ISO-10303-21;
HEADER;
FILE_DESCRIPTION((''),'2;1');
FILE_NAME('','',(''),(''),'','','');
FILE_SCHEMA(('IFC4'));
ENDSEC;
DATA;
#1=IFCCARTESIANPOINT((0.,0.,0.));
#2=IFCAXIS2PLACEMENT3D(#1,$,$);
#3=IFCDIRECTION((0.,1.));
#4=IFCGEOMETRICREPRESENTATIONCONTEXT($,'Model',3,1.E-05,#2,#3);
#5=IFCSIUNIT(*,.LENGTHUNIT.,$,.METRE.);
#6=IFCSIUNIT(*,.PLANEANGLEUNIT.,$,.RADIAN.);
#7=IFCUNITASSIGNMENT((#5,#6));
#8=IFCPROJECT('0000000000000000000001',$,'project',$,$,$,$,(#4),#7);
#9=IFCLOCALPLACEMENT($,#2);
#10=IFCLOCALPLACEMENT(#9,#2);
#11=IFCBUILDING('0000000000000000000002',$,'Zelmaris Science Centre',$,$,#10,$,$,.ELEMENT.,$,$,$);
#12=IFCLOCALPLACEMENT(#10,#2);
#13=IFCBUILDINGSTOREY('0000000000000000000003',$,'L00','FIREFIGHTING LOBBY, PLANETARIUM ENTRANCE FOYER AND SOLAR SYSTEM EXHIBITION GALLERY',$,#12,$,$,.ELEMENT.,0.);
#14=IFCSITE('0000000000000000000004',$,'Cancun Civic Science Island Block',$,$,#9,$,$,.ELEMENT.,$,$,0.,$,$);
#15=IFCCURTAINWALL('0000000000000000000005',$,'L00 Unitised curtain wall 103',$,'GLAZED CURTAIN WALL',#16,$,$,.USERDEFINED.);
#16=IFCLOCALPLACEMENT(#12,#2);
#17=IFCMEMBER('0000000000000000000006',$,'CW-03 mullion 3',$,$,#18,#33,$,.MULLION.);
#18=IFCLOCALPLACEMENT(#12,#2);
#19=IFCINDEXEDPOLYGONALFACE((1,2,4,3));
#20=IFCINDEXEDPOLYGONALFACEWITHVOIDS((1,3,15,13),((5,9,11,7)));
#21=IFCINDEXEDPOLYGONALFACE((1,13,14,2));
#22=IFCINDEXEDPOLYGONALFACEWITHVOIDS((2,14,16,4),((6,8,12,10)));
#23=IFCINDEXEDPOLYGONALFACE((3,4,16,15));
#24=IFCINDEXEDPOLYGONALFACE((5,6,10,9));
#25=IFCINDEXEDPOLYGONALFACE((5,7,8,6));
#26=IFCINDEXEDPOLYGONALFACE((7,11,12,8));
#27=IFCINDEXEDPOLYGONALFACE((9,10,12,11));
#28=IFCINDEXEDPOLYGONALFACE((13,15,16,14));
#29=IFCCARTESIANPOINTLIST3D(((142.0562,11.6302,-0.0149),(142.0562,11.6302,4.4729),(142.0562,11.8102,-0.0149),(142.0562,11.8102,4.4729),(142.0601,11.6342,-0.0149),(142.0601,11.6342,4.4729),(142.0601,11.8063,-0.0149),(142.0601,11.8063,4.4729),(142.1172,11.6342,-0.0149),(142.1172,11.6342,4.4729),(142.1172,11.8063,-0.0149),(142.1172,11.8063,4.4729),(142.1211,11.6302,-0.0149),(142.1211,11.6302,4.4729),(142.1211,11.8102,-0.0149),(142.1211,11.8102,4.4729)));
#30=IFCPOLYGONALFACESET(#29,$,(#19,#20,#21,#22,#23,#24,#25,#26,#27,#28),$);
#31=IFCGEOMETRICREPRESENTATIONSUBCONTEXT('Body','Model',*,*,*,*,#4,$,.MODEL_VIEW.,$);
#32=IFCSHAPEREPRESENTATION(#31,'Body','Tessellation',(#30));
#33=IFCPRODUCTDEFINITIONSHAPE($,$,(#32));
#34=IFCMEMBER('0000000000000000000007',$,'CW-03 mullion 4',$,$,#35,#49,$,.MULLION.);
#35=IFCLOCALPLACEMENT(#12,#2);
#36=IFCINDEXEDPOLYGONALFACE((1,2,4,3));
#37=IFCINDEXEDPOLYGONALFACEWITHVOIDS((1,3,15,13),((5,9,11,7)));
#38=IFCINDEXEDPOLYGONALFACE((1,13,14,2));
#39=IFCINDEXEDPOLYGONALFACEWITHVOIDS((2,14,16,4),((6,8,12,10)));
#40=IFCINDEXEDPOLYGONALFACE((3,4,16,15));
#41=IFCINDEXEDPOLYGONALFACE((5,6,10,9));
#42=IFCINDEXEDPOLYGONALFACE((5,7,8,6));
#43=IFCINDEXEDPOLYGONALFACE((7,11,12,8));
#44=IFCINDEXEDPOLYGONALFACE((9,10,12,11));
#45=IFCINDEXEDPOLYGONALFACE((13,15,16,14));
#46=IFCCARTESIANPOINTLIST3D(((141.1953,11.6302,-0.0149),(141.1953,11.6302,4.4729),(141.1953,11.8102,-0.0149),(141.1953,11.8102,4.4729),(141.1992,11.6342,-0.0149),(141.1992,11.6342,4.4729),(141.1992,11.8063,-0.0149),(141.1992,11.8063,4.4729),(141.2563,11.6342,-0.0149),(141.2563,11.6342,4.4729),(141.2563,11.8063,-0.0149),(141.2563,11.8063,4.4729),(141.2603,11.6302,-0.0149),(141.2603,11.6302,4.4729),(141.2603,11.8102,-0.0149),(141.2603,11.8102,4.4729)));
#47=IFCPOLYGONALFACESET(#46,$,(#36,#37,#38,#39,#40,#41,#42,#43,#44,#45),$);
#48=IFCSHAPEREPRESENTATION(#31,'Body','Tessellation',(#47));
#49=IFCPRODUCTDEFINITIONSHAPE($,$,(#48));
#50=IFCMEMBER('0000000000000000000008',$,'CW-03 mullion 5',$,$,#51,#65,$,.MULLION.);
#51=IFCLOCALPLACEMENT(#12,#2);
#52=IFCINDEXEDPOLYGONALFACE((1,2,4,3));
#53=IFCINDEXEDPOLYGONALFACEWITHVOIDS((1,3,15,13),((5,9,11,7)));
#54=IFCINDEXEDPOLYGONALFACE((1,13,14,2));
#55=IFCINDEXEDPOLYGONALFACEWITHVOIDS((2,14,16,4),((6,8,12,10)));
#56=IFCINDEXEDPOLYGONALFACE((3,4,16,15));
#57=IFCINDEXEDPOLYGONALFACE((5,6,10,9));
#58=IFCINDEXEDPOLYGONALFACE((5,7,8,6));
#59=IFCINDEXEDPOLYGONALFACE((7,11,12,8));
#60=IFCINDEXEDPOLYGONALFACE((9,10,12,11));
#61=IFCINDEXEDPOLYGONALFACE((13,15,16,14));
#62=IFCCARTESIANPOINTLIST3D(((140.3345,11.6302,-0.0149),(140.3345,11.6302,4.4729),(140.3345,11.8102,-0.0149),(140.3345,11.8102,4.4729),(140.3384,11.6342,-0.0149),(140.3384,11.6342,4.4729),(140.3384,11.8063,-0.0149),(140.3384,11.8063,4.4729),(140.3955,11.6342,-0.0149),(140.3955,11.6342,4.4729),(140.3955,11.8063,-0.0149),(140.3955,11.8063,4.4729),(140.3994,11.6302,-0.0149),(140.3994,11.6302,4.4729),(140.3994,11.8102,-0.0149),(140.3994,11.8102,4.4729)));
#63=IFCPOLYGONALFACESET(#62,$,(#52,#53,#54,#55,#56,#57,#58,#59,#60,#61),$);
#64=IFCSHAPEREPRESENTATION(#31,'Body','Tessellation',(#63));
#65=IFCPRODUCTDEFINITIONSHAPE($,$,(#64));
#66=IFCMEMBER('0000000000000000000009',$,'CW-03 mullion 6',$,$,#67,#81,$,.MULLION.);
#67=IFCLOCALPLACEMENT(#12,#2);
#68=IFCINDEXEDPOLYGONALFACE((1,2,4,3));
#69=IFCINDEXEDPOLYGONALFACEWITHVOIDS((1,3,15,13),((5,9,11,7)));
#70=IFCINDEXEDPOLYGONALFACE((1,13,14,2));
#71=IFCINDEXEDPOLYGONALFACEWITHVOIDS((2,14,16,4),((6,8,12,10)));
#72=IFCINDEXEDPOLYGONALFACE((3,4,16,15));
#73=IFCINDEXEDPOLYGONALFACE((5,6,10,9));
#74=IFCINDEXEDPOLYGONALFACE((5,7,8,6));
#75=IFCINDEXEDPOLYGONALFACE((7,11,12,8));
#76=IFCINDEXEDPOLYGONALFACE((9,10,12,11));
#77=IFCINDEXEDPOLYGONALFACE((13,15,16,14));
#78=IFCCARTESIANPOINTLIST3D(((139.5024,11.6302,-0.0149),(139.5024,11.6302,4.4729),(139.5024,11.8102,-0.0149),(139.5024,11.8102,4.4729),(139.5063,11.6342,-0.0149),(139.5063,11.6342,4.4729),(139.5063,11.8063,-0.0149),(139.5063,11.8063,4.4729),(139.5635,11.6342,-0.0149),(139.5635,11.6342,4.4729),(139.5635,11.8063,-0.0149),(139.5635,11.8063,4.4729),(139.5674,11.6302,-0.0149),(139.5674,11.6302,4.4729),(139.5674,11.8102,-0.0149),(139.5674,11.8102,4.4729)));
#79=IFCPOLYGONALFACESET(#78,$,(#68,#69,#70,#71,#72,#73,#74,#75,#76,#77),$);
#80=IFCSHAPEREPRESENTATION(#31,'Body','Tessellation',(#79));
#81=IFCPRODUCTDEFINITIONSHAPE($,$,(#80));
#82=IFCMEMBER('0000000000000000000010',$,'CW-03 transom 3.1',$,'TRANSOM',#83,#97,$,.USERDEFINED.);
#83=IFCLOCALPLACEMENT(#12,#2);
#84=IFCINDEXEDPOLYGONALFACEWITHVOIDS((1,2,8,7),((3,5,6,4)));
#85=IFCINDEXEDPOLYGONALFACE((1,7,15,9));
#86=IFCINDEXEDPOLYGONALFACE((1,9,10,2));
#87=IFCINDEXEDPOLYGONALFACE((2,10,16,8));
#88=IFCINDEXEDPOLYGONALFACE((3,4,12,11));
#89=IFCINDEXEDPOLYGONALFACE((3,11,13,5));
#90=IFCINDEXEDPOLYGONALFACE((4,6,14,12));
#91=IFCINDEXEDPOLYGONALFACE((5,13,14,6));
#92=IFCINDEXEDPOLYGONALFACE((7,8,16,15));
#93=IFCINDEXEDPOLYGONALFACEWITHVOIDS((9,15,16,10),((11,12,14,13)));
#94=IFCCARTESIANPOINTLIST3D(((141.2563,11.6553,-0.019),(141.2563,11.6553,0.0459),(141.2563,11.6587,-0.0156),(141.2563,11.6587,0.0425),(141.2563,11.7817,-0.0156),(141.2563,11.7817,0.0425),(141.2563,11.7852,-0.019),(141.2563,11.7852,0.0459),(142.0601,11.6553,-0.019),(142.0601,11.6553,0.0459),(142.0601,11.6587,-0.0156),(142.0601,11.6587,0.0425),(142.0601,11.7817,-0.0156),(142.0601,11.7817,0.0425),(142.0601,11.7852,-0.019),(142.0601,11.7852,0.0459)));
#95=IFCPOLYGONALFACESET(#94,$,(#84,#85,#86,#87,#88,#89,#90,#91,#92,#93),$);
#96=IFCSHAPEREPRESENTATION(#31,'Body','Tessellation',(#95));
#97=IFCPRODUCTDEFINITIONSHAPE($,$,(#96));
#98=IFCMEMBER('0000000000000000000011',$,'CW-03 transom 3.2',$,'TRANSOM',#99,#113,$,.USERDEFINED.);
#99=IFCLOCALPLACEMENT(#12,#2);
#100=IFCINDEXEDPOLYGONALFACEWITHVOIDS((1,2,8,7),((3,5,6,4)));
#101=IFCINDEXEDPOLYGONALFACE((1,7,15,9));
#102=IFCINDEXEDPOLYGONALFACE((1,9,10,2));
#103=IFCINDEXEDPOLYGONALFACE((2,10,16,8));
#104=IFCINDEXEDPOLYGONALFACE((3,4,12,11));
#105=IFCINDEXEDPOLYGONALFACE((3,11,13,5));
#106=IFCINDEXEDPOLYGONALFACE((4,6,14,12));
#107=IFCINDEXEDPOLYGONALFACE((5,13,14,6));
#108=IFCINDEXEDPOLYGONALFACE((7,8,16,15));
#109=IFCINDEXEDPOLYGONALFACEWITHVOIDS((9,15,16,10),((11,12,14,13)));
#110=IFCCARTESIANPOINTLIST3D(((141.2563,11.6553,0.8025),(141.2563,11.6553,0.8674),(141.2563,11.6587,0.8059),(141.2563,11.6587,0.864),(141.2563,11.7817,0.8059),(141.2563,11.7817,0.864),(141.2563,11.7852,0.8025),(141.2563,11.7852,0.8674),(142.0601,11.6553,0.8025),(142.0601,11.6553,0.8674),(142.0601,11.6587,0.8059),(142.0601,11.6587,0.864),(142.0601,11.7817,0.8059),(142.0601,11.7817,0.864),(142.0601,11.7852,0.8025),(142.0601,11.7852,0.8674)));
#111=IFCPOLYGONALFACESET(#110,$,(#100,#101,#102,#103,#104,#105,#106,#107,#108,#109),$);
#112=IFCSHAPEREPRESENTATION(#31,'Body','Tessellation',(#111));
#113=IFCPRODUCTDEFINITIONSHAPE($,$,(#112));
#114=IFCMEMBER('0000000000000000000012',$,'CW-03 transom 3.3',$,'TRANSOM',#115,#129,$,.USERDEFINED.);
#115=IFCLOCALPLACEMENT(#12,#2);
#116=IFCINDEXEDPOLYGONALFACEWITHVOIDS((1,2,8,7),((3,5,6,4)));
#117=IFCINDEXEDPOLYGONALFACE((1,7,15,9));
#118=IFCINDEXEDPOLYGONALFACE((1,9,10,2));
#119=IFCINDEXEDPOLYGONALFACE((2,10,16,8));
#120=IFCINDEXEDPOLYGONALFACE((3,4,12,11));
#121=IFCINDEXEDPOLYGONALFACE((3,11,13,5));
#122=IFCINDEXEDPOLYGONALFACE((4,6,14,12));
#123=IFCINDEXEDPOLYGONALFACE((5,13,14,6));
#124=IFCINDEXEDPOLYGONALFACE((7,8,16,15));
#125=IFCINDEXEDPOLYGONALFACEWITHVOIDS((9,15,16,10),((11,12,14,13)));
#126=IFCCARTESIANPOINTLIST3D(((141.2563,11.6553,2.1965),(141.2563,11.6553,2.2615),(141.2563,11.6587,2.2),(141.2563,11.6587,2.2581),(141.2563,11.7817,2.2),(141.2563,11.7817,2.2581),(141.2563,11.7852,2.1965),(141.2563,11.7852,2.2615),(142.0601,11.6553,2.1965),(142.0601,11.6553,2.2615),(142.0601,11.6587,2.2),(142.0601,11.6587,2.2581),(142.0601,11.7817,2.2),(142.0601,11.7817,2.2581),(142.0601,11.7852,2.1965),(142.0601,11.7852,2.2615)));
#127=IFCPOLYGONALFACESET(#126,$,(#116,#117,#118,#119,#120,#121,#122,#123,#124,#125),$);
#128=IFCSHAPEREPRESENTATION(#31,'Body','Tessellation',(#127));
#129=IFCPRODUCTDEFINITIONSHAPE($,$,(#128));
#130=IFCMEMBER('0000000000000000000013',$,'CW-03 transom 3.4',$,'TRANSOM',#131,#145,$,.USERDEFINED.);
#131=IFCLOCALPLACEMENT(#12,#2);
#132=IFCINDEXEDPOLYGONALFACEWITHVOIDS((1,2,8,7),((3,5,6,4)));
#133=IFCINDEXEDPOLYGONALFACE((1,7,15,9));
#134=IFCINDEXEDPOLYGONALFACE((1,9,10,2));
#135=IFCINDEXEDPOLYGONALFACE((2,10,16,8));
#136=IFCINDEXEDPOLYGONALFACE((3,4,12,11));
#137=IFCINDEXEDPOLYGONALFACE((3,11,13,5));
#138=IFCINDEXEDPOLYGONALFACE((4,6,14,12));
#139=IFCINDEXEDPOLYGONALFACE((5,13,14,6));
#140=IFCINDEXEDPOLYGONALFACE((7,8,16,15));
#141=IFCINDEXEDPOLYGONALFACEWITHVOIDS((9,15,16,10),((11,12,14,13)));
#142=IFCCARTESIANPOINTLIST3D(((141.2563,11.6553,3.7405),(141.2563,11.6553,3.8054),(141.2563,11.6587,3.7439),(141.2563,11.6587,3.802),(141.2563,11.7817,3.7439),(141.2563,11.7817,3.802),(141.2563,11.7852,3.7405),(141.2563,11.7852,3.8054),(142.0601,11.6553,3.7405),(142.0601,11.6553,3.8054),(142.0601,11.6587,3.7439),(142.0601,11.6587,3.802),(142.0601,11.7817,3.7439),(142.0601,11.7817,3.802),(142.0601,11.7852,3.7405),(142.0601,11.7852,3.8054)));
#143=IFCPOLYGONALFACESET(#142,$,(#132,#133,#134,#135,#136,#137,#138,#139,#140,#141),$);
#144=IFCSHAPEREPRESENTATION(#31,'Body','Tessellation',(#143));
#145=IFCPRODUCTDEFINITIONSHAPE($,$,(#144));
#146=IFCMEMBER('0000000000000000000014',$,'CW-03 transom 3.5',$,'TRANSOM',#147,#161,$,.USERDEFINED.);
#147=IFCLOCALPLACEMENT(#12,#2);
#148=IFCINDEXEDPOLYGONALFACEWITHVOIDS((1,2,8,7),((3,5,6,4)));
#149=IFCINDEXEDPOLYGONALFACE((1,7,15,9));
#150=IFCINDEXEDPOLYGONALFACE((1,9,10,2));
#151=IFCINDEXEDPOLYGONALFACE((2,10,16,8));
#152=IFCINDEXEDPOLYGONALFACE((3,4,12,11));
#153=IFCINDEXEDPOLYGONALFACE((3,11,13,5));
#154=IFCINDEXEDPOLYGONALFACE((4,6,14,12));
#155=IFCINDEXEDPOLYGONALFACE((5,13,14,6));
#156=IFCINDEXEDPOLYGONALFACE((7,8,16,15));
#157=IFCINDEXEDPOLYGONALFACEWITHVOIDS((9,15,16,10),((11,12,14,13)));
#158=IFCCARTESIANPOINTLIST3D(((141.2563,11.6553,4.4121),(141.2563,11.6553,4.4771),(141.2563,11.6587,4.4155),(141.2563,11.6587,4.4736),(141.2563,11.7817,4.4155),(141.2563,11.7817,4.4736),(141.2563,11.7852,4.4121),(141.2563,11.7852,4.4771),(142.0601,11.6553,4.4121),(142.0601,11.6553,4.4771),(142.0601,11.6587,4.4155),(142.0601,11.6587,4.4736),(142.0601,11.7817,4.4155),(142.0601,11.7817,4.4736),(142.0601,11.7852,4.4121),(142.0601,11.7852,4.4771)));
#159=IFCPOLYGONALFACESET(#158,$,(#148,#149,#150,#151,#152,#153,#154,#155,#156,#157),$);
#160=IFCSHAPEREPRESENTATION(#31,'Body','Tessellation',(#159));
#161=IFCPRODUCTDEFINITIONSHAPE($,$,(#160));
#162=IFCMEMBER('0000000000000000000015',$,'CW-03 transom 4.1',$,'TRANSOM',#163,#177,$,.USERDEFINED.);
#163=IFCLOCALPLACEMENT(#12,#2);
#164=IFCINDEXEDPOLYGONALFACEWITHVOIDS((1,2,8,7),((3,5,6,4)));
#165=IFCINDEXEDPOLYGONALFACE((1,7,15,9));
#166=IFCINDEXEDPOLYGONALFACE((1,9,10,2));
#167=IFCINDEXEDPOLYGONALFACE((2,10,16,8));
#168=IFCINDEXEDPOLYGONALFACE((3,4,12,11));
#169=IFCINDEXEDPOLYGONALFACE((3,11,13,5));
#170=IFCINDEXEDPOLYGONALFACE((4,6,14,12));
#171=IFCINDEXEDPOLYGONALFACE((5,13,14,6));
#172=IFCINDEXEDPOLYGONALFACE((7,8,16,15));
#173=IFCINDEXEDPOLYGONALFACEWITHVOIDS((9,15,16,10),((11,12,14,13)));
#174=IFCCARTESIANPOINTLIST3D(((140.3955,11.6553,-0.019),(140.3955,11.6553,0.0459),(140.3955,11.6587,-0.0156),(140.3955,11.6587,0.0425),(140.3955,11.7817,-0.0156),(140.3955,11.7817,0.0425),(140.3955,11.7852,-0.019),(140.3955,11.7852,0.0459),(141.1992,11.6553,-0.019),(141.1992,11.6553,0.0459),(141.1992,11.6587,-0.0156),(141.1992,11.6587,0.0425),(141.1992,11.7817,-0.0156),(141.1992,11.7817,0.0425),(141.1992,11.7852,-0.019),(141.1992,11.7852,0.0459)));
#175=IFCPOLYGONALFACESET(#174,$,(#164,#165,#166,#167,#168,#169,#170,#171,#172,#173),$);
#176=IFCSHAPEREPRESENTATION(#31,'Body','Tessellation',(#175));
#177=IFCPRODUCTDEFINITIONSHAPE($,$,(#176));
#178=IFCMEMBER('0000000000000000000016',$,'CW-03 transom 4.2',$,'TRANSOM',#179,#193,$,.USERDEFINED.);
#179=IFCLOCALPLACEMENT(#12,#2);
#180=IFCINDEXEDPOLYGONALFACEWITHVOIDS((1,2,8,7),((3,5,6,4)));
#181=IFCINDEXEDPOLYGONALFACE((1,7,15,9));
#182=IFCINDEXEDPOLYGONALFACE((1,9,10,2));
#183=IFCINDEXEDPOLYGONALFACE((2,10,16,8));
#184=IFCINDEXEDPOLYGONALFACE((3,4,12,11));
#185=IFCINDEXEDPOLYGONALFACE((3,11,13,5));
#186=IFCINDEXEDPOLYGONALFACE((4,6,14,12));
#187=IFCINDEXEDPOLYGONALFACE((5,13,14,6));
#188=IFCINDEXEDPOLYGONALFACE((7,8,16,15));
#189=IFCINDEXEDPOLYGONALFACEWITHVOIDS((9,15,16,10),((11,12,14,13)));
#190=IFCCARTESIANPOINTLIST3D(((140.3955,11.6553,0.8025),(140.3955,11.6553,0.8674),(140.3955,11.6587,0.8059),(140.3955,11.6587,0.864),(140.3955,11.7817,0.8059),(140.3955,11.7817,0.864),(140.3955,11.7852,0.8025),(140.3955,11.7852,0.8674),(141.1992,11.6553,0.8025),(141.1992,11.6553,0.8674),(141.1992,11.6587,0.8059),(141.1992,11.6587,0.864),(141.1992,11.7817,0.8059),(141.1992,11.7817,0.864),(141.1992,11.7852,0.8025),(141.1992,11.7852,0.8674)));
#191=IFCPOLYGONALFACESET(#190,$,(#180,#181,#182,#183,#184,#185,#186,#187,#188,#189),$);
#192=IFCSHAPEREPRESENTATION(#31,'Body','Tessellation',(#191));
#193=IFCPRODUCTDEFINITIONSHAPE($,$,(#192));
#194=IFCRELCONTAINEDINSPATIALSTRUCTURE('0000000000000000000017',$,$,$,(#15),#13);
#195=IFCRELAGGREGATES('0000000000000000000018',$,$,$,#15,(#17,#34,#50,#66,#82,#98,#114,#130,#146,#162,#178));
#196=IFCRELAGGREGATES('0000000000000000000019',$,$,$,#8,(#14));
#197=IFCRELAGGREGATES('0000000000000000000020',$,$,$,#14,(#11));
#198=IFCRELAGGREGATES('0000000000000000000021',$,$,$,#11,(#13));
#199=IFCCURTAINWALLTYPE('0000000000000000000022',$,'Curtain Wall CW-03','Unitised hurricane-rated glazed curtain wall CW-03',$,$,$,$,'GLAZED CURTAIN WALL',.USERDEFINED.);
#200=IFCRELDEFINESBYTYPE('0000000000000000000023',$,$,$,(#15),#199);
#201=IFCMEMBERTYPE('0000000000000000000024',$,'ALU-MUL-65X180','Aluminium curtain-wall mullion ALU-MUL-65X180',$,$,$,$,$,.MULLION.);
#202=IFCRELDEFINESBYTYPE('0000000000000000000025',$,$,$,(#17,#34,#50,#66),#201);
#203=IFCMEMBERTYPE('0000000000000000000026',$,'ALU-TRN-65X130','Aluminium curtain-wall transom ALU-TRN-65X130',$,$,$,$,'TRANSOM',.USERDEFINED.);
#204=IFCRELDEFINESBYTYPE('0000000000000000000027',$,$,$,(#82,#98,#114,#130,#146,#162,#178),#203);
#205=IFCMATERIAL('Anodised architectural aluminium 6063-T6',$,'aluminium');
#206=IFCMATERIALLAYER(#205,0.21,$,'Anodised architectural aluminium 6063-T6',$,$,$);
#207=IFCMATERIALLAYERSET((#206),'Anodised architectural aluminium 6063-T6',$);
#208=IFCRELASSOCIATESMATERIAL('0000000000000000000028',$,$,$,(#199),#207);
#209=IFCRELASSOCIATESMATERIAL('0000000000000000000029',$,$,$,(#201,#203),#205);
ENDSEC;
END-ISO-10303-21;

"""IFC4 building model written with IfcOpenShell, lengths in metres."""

from ifc_helpers import new_model, si_unit, direction, frame, origin, origin_2d, place, context, subcontext, project, spatial, hollow_rectangle, extrude, material, layer, layer_set, material_profile, profile_set, type_object, element, aggregate, save


model = new_model("IFC4")

# Units and contexts
model_context = context("Model", 3, precision=1e-05, world=origin(), true_north=direction((0.0, 1.0)))
body_context = subcontext(model_context, "Body", "Model", "MODEL_VIEW")
ifc_project = project(units=[si_unit("LENGTHUNIT", "METRE"), si_unit("PLANEANGLEUNIT", "RADIAN")], contexts=[model_context])

# Site, building, storey
site_placement = place(None, origin())
site = spatial("IfcSite", under=ifc_project, at=site_placement, Name="Cancun Civic Science Island Block", CompositionType="ELEMENT", RefElevation=0.0)
building_placement = place(site_placement, origin())
building = spatial("IfcBuilding", under=site, at=building_placement, Name="Zelmaris Science Centre", CompositionType="ELEMENT")
storey_placement = place(building_placement, origin())
storey = spatial("IfcBuildingStorey", under=building, at=storey_placement, Name="L00", Description="FIREFIGHTING LOBBY, PLANETARIUM ENTRANCE FOYER AND SOLAR SYSTEM EXHIBITION GALLERY", CompositionType="ELEMENT", Elevation=0.0)

# Curtain wall, members
ifc_material_1 = material(Name="Anodised architectural aluminium 6063-T6", Category="aluminium")
ifc_layer_1 = layer(ifc_material_1, 0.21, Name="Anodised architectural aluminium 6063-T6")
ifc_layer_set_1 = layer_set([ifc_layer_1], Name="Anodised architectural aluminium 6063-T6")
curtain_wall_type = type_object("IfcCurtainWallType", Name="Curtain Wall CW-03", Description="Unitised hurricane-rated glazed curtain wall CW-03", ElementType="GLAZED CURTAIN WALL", PredefinedType="USERDEFINED", material=ifc_layer_set_1)
curtain_wall_placement = place(storey_placement, origin())
curtain_wall = element("IfcCurtainWall", 1, at=curtain_wall_placement, inside=storey, type_object=curtain_wall_type, Name="L00 Unitised curtain wall 103", ObjectType="GLAZED CURTAIN WALL", PredefinedType="USERDEFINED")
ifc_material_profile_1 = material_profile(ifc_material_1, hollow_rectangle(XDim=0.0649, YDim=0.1799, WallThickness=0.0039, at=origin_2d()), Name="ALU-MUL-65X180")
ifc_profile_set_1 = profile_set([ifc_material_profile_1], Name="Anodised architectural aluminium 6063-T6")
member_type_1 = type_object("IfcMemberType", Name="ALU-MUL-65X180", Description="Aluminium curtain-wall mullion ALU-MUL-65X180", PredefinedType="MULLION", material=ifc_profile_set_1)
member_1_placement = place(storey_placement, frame((142.0886, 11.7202, -0.0149), z_axis=(0.0, 0.0, 1.0), x_axis=(-1.0, 0.0, 0.0)))
member_1 = element("IfcMember", 2, at=member_1_placement, type_object=member_type_1, Name="CW-03 mullion 3", PredefinedType="MULLION", context=body_context, shape_type="SweptSolid", body=[
    extrude(hollow_rectangle(XDim=0.0649, YDim=0.1799, WallThickness=0.0039, at=origin_2d()), origin(), (0.0, 0.0, 1.0), 4.4878),
])
member_2_placement = place(storey_placement, frame((141.2278, 11.7202, -0.0149), z_axis=(0.0, 0.0, 1.0), x_axis=(-1.0, 0.0, 0.0)))
member_2 = element("IfcMember", 3, at=member_2_placement, type_object=member_type_1, Name="CW-03 mullion 4", PredefinedType="MULLION", context=body_context, shape_type="SweptSolid", body=[
    extrude(hollow_rectangle(XDim=0.0649, YDim=0.1799, WallThickness=0.0039, at=origin_2d()), origin(), (0.0, 0.0, 1.0), 4.4878),
])
member_3_placement = place(storey_placement, frame((140.3669, 11.7202, -0.0149), z_axis=(0.0, 0.0, 1.0), x_axis=(-1.0, 0.0, 0.0)))
member_3 = element("IfcMember", 4, at=member_3_placement, type_object=member_type_1, Name="CW-03 mullion 5", PredefinedType="MULLION", context=body_context, shape_type="SweptSolid", body=[
    extrude(hollow_rectangle(XDim=0.0649, YDim=0.1799, WallThickness=0.0039, at=origin_2d()), origin(), (0.0, 0.0, 1.0), 4.4878),
])
member_4_placement = place(storey_placement, frame((139.5349, 11.7202, -0.0149), z_axis=(0.0, 0.0, 1.0), x_axis=(-1.0, 0.0, 0.0)))
member_4 = element("IfcMember", 5, at=member_4_placement, type_object=member_type_1, Name="CW-03 mullion 6", PredefinedType="MULLION", context=body_context, shape_type="SweptSolid", body=[
    extrude(hollow_rectangle(XDim=0.0649, YDim=0.1799, WallThickness=0.0039, at=origin_2d()), origin(), (0.0, 0.0, 1.0), 4.4878),
])
ifc_material_profile_2 = material_profile(ifc_material_1, hollow_rectangle(XDim=0.0649, YDim=0.1299, WallThickness=0.0034, at=origin_2d()), Name="ALU-TRN-65X130")
ifc_profile_set_2 = profile_set([ifc_material_profile_2], Name="Anodised architectural aluminium 6063-T6")
member_type_2 = type_object("IfcMemberType", Name="ALU-TRN-65X130", Description="Aluminium curtain-wall transom ALU-TRN-65X130", ElementType="TRANSOM", PredefinedType="USERDEFINED", material=ifc_profile_set_2)
member_5_placement = place(storey_placement, frame((142.0601, 11.7202, 0.0134), z_axis=(-1.0, 0.0, 0.0), x_axis=(0.0, 0.0, 1.0)))
member_5 = element("IfcMember", 6, at=member_5_placement, type_object=member_type_2, Name="CW-03 transom 3.1", ObjectType="TRANSOM", PredefinedType="USERDEFINED", context=body_context, shape_type="SweptSolid", body=[
    extrude(hollow_rectangle(XDim=0.0649, YDim=0.1299, WallThickness=0.0034, at=origin_2d()), origin(), (0.0, 0.0, 1.0), 0.8037),
])
member_6_placement = place(storey_placement, frame((142.0601, 11.7202, 0.835), z_axis=(-1.0, 0.0, 0.0), x_axis=(0.0, 0.0, 1.0)))
member_6 = element("IfcMember", 7, at=member_6_placement, type_object=member_type_2, Name="CW-03 transom 3.2", ObjectType="TRANSOM", PredefinedType="USERDEFINED", context=body_context, shape_type="SweptSolid", body=[
    extrude(hollow_rectangle(XDim=0.0649, YDim=0.1299, WallThickness=0.0034, at=origin_2d()), origin(), (0.0, 0.0, 1.0), 0.8037),
])
member_7_placement = place(storey_placement, frame((142.0601, 11.7202, 2.229), z_axis=(-1.0, 0.0, 0.0), x_axis=(0.0, 0.0, 1.0)))
member_7 = element("IfcMember", 8, at=member_7_placement, type_object=member_type_2, Name="CW-03 transom 3.3", ObjectType="TRANSOM", PredefinedType="USERDEFINED", context=body_context, shape_type="SweptSolid", body=[
    extrude(hollow_rectangle(XDim=0.0649, YDim=0.1299, WallThickness=0.0034, at=origin_2d()), origin(), (0.0, 0.0, 1.0), 0.8037),
])
member_8_placement = place(storey_placement, frame((142.0601, 11.7202, 3.7729), z_axis=(-1.0, 0.0, 0.0), x_axis=(0.0, 0.0, 1.0)))
member_8 = element("IfcMember", 9, at=member_8_placement, type_object=member_type_2, Name="CW-03 transom 3.4", ObjectType="TRANSOM", PredefinedType="USERDEFINED", context=body_context, shape_type="SweptSolid", body=[
    extrude(hollow_rectangle(XDim=0.0649, YDim=0.1299, WallThickness=0.0034, at=origin_2d()), origin(), (0.0, 0.0, 1.0), 0.8037),
])
member_9_placement = place(storey_placement, frame((142.0601, 11.7202, 4.4446), z_axis=(-1.0, 0.0, 0.0), x_axis=(0.0, 0.0, 1.0)))
member_9 = element("IfcMember", 10, at=member_9_placement, type_object=member_type_2, Name="CW-03 transom 3.5", ObjectType="TRANSOM", PredefinedType="USERDEFINED", context=body_context, shape_type="SweptSolid", body=[
    extrude(hollow_rectangle(XDim=0.0649, YDim=0.1299, WallThickness=0.0034, at=origin_2d()), origin(), (0.0, 0.0, 1.0), 0.8037),
])
member_10_placement = place(storey_placement, frame((141.1992, 11.7202, 0.0134), z_axis=(-1.0, 0.0, 0.0), x_axis=(0.0, 0.0, 1.0)))
member_10 = element("IfcMember", 11, at=member_10_placement, type_object=member_type_2, Name="CW-03 transom 4.1", ObjectType="TRANSOM", PredefinedType="USERDEFINED", context=body_context, shape_type="SweptSolid", body=[
    extrude(hollow_rectangle(XDim=0.0649, YDim=0.1299, WallThickness=0.0034, at=origin_2d()), origin(), (0.0, 0.0, 1.0), 0.8037),
])
member_11_placement = place(storey_placement, frame((141.1992, 11.7202, 0.835), z_axis=(-1.0, 0.0, 0.0), x_axis=(0.0, 0.0, 1.0)))
member_11 = element("IfcMember", 12, at=member_11_placement, type_object=member_type_2, Name="CW-03 transom 4.2", ObjectType="TRANSOM", PredefinedType="USERDEFINED", context=body_context, shape_type="SweptSolid", body=[
    extrude(hollow_rectangle(XDim=0.0649, YDim=0.1299, WallThickness=0.0034, at=origin_2d()), origin(), (0.0, 0.0, 1.0), 0.8037),
])

aggregate(curtain_wall, [member_1, member_2, member_3, member_4, member_5, member_6, member_7, member_8, member_9, member_10, member_11])

save(model, "model.ifc")
